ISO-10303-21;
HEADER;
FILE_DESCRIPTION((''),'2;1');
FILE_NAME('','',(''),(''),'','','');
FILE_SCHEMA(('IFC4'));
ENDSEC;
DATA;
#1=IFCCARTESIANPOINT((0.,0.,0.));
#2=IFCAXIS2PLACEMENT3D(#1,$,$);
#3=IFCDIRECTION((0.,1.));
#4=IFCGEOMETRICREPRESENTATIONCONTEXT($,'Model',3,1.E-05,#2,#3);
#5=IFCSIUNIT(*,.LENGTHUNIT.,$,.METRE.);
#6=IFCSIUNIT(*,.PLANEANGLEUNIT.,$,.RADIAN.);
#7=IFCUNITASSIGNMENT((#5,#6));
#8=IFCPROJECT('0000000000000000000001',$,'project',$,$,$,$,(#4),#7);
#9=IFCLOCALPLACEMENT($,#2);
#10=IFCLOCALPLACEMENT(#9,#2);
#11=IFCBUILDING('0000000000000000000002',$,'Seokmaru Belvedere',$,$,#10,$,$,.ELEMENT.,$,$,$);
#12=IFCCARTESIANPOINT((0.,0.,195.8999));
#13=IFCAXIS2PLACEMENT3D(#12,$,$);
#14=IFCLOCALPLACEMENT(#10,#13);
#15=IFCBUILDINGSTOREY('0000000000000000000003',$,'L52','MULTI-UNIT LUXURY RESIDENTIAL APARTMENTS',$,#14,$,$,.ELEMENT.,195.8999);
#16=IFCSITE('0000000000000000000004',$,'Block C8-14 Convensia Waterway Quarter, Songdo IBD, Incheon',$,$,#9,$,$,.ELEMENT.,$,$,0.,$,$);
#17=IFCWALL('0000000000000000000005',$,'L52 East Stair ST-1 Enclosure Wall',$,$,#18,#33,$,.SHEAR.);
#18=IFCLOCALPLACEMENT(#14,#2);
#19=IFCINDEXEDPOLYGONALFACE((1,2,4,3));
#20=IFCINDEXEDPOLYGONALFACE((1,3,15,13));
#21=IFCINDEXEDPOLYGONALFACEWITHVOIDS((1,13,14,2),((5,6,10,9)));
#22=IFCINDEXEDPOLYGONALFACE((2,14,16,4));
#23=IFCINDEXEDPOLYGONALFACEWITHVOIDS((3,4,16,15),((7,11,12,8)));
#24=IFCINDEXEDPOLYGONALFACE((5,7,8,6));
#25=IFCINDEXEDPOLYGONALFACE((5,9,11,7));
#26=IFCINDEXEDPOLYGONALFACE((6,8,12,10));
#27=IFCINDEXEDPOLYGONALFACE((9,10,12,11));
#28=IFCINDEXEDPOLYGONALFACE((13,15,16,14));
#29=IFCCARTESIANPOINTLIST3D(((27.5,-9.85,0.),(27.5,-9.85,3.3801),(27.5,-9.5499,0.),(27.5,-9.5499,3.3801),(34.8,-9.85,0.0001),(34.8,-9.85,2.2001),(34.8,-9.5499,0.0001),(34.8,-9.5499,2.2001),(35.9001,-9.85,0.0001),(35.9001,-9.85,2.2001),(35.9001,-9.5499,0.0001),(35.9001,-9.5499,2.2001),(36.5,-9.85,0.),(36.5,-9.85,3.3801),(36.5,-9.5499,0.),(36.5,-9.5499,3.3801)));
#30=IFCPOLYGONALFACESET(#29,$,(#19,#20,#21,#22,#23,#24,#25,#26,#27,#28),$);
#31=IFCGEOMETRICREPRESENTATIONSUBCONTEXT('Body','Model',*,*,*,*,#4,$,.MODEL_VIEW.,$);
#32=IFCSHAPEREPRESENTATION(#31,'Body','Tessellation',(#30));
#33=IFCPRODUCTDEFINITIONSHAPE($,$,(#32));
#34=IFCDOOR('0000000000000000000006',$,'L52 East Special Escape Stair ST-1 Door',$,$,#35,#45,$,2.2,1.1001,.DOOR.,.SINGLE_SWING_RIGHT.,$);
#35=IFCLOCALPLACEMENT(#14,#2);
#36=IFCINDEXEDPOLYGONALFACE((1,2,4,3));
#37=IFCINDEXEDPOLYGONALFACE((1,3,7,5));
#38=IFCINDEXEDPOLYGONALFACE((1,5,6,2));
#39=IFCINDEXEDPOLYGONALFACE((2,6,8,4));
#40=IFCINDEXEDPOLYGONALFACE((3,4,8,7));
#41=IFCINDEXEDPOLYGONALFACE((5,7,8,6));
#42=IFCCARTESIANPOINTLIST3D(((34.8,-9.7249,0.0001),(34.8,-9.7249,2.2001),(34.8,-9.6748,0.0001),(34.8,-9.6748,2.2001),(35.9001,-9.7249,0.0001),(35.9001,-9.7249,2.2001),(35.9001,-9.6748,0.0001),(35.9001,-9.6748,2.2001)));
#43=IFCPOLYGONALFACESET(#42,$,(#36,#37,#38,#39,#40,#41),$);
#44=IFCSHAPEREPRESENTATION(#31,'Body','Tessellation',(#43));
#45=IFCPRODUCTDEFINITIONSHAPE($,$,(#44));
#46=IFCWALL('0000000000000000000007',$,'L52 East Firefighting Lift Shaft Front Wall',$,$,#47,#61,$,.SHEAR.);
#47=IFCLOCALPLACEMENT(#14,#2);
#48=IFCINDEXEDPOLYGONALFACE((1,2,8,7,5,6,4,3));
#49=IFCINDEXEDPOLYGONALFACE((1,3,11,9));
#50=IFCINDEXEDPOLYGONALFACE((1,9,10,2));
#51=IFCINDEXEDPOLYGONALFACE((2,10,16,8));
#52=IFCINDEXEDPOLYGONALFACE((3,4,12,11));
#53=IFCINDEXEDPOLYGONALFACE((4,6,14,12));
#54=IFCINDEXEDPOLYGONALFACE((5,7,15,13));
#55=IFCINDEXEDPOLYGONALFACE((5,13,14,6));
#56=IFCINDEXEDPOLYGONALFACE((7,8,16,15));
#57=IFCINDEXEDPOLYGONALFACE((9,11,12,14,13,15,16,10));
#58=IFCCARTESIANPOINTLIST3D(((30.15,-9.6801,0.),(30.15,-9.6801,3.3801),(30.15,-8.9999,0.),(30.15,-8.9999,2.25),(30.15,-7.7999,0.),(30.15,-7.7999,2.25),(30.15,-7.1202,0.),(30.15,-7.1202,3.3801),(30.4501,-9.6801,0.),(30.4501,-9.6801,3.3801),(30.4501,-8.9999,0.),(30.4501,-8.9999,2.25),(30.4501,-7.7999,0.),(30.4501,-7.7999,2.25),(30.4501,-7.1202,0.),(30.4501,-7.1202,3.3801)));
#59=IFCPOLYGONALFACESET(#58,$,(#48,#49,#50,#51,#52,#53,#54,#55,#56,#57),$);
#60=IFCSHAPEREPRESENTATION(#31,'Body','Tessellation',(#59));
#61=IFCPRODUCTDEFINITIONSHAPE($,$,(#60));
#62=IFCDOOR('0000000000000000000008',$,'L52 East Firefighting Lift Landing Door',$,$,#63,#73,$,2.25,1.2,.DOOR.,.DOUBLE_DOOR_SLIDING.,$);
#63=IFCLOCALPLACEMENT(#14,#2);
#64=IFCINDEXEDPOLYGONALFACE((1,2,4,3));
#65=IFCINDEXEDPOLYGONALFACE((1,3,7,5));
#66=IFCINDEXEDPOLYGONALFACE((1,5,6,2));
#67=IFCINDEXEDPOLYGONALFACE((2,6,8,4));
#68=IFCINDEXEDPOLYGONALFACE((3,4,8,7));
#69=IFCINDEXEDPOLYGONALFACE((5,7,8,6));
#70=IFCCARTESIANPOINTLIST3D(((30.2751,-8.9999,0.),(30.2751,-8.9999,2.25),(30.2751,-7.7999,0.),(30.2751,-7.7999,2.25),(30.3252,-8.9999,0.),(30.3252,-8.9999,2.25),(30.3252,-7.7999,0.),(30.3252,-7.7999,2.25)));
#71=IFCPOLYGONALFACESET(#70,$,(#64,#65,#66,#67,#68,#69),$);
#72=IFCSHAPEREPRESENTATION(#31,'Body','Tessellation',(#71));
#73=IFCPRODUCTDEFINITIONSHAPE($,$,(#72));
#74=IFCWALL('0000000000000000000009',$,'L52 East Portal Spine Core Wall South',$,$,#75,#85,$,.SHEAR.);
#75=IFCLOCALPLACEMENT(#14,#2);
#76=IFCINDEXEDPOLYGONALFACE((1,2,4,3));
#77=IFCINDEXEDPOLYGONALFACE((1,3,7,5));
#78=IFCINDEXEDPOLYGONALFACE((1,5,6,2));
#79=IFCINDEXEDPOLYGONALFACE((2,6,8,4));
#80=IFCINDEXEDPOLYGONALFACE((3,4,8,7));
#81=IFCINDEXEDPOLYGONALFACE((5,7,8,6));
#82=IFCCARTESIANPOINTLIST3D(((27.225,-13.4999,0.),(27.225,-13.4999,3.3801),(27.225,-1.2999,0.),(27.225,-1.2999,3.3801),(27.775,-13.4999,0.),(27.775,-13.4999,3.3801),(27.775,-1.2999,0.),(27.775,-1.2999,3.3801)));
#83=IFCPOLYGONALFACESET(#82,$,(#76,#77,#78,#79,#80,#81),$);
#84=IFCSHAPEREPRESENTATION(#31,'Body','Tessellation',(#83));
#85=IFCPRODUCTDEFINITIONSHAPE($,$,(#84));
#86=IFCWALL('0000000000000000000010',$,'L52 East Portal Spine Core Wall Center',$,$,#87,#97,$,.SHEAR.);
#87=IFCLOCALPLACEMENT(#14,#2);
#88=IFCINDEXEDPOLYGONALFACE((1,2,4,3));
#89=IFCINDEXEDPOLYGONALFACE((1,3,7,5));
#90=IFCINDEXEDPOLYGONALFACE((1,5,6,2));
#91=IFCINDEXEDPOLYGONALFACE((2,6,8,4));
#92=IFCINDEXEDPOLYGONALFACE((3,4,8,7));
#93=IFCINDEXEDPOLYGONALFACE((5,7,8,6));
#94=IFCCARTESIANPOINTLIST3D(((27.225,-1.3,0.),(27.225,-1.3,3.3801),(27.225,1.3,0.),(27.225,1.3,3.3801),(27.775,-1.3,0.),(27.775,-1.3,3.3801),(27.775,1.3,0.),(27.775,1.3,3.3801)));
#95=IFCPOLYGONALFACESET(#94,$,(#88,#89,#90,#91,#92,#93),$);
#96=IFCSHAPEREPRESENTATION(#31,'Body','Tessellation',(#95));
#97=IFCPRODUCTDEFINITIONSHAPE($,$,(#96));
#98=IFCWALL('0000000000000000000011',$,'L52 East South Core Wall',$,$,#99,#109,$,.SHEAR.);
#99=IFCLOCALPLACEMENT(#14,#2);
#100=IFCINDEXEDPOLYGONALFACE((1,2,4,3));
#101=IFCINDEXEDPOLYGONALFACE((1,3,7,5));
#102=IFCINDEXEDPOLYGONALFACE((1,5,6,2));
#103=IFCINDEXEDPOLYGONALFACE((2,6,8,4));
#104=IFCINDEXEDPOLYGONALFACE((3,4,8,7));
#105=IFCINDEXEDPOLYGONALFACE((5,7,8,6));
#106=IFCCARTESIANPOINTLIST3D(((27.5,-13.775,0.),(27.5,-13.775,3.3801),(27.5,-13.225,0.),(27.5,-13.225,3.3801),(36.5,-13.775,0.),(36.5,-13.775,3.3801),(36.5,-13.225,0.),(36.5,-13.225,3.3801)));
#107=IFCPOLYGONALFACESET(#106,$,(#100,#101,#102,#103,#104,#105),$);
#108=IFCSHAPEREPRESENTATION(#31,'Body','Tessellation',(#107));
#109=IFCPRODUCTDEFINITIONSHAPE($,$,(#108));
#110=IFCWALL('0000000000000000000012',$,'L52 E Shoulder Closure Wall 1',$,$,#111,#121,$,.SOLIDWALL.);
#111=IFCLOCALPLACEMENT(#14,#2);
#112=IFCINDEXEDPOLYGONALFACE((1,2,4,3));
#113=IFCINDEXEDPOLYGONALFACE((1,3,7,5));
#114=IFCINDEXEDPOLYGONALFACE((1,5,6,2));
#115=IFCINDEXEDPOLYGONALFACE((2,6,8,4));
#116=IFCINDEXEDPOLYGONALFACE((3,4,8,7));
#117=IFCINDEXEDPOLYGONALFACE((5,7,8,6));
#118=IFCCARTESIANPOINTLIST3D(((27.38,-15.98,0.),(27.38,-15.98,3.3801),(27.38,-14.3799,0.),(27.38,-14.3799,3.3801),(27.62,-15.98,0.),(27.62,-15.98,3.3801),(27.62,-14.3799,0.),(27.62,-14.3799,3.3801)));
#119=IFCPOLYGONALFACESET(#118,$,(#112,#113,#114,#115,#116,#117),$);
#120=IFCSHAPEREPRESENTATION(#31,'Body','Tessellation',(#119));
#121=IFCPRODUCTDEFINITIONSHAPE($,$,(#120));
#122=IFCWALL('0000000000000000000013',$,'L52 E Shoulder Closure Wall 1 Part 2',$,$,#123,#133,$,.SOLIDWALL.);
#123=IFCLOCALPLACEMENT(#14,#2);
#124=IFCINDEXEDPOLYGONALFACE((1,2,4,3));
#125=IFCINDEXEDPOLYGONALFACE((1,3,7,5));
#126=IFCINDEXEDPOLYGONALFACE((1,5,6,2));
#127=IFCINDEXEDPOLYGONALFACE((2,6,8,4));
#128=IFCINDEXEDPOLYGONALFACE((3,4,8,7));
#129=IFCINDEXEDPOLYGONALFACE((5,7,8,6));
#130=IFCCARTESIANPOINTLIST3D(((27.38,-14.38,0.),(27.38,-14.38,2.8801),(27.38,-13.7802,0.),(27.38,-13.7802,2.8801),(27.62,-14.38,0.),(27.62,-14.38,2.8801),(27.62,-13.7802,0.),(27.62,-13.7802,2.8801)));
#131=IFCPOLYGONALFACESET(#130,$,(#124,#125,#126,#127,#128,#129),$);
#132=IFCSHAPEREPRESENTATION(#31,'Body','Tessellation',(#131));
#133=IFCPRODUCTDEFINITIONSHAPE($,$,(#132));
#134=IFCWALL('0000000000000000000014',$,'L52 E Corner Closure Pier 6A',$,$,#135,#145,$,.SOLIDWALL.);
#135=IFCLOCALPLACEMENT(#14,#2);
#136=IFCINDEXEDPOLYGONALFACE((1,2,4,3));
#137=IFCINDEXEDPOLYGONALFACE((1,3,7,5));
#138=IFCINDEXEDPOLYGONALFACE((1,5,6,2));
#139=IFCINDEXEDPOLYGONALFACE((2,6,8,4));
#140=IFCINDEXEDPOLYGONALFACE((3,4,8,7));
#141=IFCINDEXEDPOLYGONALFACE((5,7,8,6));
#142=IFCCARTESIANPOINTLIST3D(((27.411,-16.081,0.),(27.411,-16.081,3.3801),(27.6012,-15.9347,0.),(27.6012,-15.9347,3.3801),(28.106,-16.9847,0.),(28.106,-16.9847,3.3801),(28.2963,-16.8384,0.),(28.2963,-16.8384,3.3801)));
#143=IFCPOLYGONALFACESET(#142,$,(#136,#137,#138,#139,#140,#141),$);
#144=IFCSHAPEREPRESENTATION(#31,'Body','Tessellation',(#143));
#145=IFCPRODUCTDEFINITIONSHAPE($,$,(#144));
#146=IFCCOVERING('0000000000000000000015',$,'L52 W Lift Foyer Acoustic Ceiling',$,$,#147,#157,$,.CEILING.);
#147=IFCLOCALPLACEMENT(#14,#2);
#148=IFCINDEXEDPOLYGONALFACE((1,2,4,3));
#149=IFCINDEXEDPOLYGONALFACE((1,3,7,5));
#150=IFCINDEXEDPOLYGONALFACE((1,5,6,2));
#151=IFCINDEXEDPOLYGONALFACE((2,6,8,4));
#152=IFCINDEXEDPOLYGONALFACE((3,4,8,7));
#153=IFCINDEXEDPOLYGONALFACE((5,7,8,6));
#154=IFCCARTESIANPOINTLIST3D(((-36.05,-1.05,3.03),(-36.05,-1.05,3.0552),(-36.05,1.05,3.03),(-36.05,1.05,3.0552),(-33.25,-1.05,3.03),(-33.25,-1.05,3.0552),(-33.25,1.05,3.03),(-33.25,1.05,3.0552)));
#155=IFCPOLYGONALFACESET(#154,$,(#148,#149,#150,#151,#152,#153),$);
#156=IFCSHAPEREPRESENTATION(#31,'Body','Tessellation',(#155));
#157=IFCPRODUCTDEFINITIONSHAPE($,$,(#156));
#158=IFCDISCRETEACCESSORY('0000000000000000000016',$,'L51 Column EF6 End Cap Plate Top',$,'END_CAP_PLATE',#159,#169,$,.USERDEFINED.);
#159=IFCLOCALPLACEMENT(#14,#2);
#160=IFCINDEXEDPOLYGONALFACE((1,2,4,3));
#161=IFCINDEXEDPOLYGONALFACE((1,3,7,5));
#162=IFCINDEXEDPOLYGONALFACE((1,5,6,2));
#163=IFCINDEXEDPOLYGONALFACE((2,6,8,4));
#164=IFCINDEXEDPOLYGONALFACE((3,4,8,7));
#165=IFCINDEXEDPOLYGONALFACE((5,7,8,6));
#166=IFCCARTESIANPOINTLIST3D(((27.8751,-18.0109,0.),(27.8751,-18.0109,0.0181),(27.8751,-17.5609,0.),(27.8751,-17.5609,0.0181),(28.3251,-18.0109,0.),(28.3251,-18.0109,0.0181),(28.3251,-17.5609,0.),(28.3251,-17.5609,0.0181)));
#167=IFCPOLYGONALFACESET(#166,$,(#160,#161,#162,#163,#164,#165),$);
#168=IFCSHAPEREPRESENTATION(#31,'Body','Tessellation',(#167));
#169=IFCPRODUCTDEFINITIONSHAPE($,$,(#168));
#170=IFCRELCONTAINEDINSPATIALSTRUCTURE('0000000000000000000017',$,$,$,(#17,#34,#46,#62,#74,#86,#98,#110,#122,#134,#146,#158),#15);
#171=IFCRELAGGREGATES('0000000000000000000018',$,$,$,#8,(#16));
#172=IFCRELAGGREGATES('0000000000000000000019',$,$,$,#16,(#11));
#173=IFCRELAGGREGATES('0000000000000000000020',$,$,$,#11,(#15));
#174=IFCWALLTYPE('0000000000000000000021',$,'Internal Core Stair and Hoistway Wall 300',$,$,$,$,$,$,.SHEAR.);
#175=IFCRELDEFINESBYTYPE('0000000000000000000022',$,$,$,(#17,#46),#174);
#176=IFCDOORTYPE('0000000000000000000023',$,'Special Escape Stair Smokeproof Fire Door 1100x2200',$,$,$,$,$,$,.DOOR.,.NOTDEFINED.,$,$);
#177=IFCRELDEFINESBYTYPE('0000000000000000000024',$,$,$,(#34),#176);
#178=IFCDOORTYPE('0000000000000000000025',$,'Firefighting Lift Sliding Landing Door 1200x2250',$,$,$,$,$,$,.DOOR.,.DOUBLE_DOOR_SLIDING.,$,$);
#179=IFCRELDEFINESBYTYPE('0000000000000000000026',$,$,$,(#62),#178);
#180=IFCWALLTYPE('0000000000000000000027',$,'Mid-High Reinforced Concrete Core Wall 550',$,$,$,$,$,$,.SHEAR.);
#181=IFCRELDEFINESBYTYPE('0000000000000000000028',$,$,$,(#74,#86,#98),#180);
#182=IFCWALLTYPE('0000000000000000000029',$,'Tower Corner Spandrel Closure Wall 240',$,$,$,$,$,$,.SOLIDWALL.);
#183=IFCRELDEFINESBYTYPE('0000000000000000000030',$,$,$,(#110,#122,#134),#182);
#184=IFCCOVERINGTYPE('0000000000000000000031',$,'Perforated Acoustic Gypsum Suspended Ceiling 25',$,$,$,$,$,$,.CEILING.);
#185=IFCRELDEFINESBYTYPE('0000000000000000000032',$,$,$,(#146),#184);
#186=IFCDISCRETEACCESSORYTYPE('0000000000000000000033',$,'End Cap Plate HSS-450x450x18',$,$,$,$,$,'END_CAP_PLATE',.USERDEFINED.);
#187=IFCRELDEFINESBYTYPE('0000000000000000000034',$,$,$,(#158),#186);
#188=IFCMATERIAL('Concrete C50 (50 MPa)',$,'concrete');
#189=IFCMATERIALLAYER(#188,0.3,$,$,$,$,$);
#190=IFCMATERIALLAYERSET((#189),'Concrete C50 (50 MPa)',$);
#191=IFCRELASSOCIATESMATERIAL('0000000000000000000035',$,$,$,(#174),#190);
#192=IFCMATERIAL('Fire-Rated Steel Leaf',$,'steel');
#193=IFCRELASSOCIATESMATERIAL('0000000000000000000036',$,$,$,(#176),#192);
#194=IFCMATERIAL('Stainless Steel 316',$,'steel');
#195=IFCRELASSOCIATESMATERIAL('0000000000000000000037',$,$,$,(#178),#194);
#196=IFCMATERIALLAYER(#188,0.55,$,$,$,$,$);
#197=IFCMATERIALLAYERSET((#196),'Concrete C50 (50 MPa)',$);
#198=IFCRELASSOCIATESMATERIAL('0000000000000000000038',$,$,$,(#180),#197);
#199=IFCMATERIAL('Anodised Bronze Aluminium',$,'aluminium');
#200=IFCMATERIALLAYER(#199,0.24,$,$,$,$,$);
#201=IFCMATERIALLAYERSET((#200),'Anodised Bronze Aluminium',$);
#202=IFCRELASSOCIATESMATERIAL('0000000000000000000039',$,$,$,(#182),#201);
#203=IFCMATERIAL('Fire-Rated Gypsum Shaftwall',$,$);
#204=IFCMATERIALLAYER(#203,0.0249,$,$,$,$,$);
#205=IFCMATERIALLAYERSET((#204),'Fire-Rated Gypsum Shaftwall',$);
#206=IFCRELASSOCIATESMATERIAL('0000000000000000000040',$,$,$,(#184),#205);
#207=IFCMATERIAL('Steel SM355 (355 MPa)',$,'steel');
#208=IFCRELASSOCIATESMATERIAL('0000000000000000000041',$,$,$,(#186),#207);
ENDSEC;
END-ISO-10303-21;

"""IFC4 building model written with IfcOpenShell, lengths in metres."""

from ifc_helpers import new_model, si_unit, direction, frame, frame_2d, origin, origin_2d, place, context, subcontext, project, spatial, polyline, rectangle, outline, extrude, source, transform, mapped, material, layer, layer_set, type_object, type_shapes, element, fill, save


model = new_model("IFC4")

# Units and contexts
model_context = context("Model", 3, precision=1e-05, world=origin(), true_north=direction((0.0, 1.0)))
body_context = subcontext(model_context, "Body", "Model", "MODEL_VIEW")
ifc_project = project(units=[si_unit("LENGTHUNIT", "METRE"), si_unit("PLANEANGLEUNIT", "RADIAN")], contexts=[model_context])

# Site, building, storey
site_placement = place(None, origin())
site = spatial("IfcSite", under=ifc_project, at=site_placement, Name="Block C8-14 Convensia Waterway Quarter, Songdo IBD, Incheon", CompositionType="ELEMENT", RefElevation=0.0)
building_placement = place(site_placement, origin())
building = spatial("IfcBuilding", under=site, at=building_placement, Name="Seokmaru Belvedere", CompositionType="ELEMENT")
storey_placement = place(building_placement, frame((0.0, 0.0, 195.8999)))
storey = spatial("IfcBuildingStorey", under=building, at=storey_placement, Name="L52", Description="MULTI-UNIT LUXURY RESIDENTIAL APARTMENTS", CompositionType="ELEMENT", Elevation=195.8999)

# Shared definitions
ifc_material_1 = material(Name="Steel SM355 (355 MPa)", Category="steel")

# Shared definitions
ifc_material_2 = material(Name="Anodised Bronze Aluminium", Category="aluminium")

# Shared definitions
ifc_material_3 = material(Name="Fire-Rated Gypsum Shaftwall")
ifc_material_4 = material(Name="Fire-Rated Steel Leaf", Category="steel")

# Shared definitions
ifc_material_5 = material(Name="Concrete C50 (50 MPa)", Category="concrete")

# Walls, openings, doors
ifc_layer_1 = layer(ifc_material_5, 0.3)
ifc_layer_set_1 = layer_set([ifc_layer_1], Name="Concrete C50 (50 MPa)")
wall_type_1 = type_object("IfcWallType", Name="Internal Core Stair and Hoistway Wall 300", PredefinedType="SHEAR", material=ifc_layer_set_1)
wall_1_placement = place(storey_placement, frame((27.5, -9.7, 0.0), z_axis=(0.0, 0.0, 1.0), x_axis=(1.0, 0.0, 0.0)))
wall_1 = element("IfcWall", 1, at=wall_1_placement, inside=storey, type_object=wall_type_1, Name="L52 East Stair ST-1 Enclosure Wall", PredefinedType="SHEAR", context=body_context, shape_type="SweptSolid", body=[
    extrude(rectangle(XDim=9.0, YDim=0.3, at=frame_2d((4.5, 0.0))), origin(), (0.0, 0.0, 1.0), 3.3801),
])
opening_1_placement = place(wall_1_placement, frame((7.3, 0.0, 0.0)))
opening_1 = element("IfcOpeningElement", 2, at=opening_1_placement, cuts=wall_1, PredefinedType="OPENING", context=body_context, shape_type="SweptSolid", body=[
    extrude(rectangle(XDim=1.1001, YDim=2.2, at=frame_2d((0.55, 1.1001))), frame((0.0, 0.1602, 0.0), z_axis=(0.0, -1.0, 0.0), x_axis=(1.0, 0.0, 0.0)), (0.0, 0.0, 1.0), 0.3201),
])
door_type_1 = type_object("IfcDoorType", Name="Special Escape Stair Smokeproof Fire Door 1100x2200", OperationType="NOTDEFINED", PredefinedType="DOOR", material=ifc_material_4)
shared_shape_1 = source(origin(), body_context, "Body", "SweptSolid", [
    extrude(rectangle(XDim=1.1001, YDim=2.2, at=frame_2d((0.55, 1.1001))), frame((0.0, 0.0249, 0.0), z_axis=(0.0, -1.0, 0.0), x_axis=(1.0, 0.0, 0.0)), (0.0, 0.0, 1.0), 0.05),
])
type_shapes(door_type_1, [shared_shape_1])
door_1_placement = place(opening_1_placement, frame((1.1001, 0.0, 0.0), z_axis=(0.0, 0.0, 1.0), x_axis=(-1.0, 0.0, 0.0)))
door_1 = element("IfcDoor", 3, at=door_1_placement, inside=storey, type_object=door_type_1, Name="L52 East Special Escape Stair ST-1 Door", OperationType="SINGLE_SWING_RIGHT", OverallHeight=2.2, OverallWidth=1.1001, PredefinedType="DOOR", context=body_context, shape_type="MappedRepresentation", body=[
    mapped(shared_shape_1, transform((0.0, 0.0, 0.0), scale=1.0)),
])
fill(opening_1, door_1)
wall_2_placement = place(storey_placement, frame((30.3, -9.6799, 0.0), z_axis=(0.0, 0.0, 1.0), x_axis=(0.0, 1.0, 0.0)))
wall_2 = element("IfcWall", 4, at=wall_2_placement, inside=storey, type_object=wall_type_1, Name="L52 East Firefighting Lift Shaft Front Wall", PredefinedType="SHEAR", context=body_context, shape_type="SweptSolid", body=[
    extrude(rectangle(XDim=2.5598, YDim=0.3, at=frame_2d((1.2798, 0.0))), origin(), (0.0, 0.0, 1.0), 3.3801),
])
opening_2_placement = place(wall_2_placement, frame((0.6799, 0.0, 0.0)))
opening_2 = element("IfcOpeningElement", 5, at=opening_2_placement, cuts=wall_2, PredefinedType="OPENING", context=body_context, shape_type="SweptSolid", body=[
    extrude(rectangle(XDim=1.2, YDim=2.25, at=frame_2d((0.6001, 1.125))), frame((0.0, 0.1602, 0.0), z_axis=(0.0, -1.0, 0.0), x_axis=(1.0, 0.0, 0.0)), (0.0, 0.0, 1.0), 0.3201),
])
ifc_material_6 = material(Name="Stainless Steel 316", Category="steel")
door_type_2 = type_object("IfcDoorType", Name="Firefighting Lift Sliding Landing Door 1200x2250", OperationType="DOUBLE_DOOR_SLIDING", PredefinedType="DOOR", material=ifc_material_6)
shared_shape_2 = source(origin(), body_context, "Body", "SweptSolid", [
    extrude(rectangle(XDim=1.2, YDim=2.25, at=frame_2d((0.6001, 1.125))), frame((0.0, 0.0249, 0.0), z_axis=(0.0, -1.0, 0.0), x_axis=(1.0, 0.0, 0.0)), (0.0, 0.0, 1.0), 0.05),
])
type_shapes(door_type_2, [shared_shape_2])
door_2_placement = place(opening_2_placement, origin())
door_2 = element("IfcDoor", 6, at=door_2_placement, inside=storey, type_object=door_type_2, Name="L52 East Firefighting Lift Landing Door", OperationType="DOUBLE_DOOR_SLIDING", OverallHeight=2.25, OverallWidth=1.2, PredefinedType="DOOR", context=body_context, shape_type="MappedRepresentation", body=[
    mapped(shared_shape_2, transform((0.0, 0.0, 0.0), scale=1.0)),
])
fill(opening_2, door_2)

# Walls
ifc_layer_2 = layer(ifc_material_5, 0.55)
ifc_layer_set_2 = layer_set([ifc_layer_2], Name="Concrete C50 (50 MPa)")
wall_type_2 = type_object("IfcWallType", Name="Mid-High Reinforced Concrete Core Wall 550", PredefinedType="SHEAR", material=ifc_layer_set_2)
wall_3_placement = place(storey_placement, frame((27.5, -13.5, 0.0), z_axis=(0.0, 0.0, 1.0), x_axis=(0.0, 1.0, 0.0)))
element("IfcWall", 7, at=wall_3_placement, inside=storey, type_object=wall_type_2, Name="L52 East Portal Spine Core Wall South", PredefinedType="SHEAR", context=body_context, shape_type="SweptSolid", body=[
    extrude(rectangle(XDim=12.2, YDim=0.55, at=frame_2d((6.1001, 0.0))), origin(), (0.0, 0.0, 1.0), 3.3801),
])
wall_4_placement = place(storey_placement, frame((27.5, -1.3, 0.0), z_axis=(0.0, 0.0, 1.0), x_axis=(0.0, 1.0, 0.0)))
element("IfcWall", 8, at=wall_4_placement, inside=storey, type_object=wall_type_2, Name="L52 East Portal Spine Core Wall Center", PredefinedType="SHEAR", context=body_context, shape_type="SweptSolid", body=[
    extrude(rectangle(XDim=2.6001, YDim=0.55, at=frame_2d((1.3, 0.0))), origin(), (0.0, 0.0, 1.0), 3.3801),
])
wall_5_placement = place(storey_placement, frame((27.5, -13.5, 0.0), z_axis=(0.0, 0.0, 1.0), x_axis=(1.0, 0.0, 0.0)))
element("IfcWall", 9, at=wall_5_placement, inside=storey, type_object=wall_type_2, Name="L52 East South Core Wall", PredefinedType="SHEAR", context=body_context, shape_type="SweptSolid", body=[
    extrude(rectangle(XDim=9.0, YDim=0.55, at=frame_2d((4.5, 0.0))), origin(), (0.0, 0.0, 1.0), 3.3801),
])
ifc_layer_3 = layer(ifc_material_2, 0.24)
ifc_layer_set_3 = layer_set([ifc_layer_3], Name="Anodised Bronze Aluminium")
wall_type_3 = type_object("IfcWallType", Name="Tower Corner Spandrel Closure Wall 240", PredefinedType="SOLIDWALL", material=ifc_layer_set_3)
wall_6_placement = place(storey_placement, frame((27.5, -15.98, 0.0), z_axis=(0.0, 0.0, 1.0), x_axis=(0.0, 1.0, 0.0)))
element("IfcWall", 10, at=wall_6_placement, inside=storey, type_object=wall_type_3, Name="L52 E Shoulder Closure Wall 1", PredefinedType="SOLIDWALL", context=body_context, shape_type="SweptSolid", body=[
    extrude(rectangle(XDim=1.6001, YDim=0.24, at=frame_2d((0.8, 0.0))), origin(), (0.0, 0.0, 1.0), 3.3801),
])
wall_7_placement = place(storey_placement, frame((27.5, -14.3799, 0.0), z_axis=(0.0, 0.0, 1.0), x_axis=(0.0, 1.0, 0.0)))
element("IfcWall", 11, at=wall_7_placement, inside=storey, type_object=wall_type_3, Name="L52 E Shoulder Closure Wall 1 Part 2", PredefinedType="SOLIDWALL", context=body_context, shape_type="SweptSolid", body=[
    extrude(rectangle(XDim=0.5999, YDim=0.24, at=frame_2d((0.2998, 0.0))), origin(), (0.0, 0.0, 1.0), 2.8801),
])
wall_8_placement = place(storey_placement, frame((27.5061, -16.0078, 0.0), z_axis=(0.0, 0.0, 1.0), x_axis=(0.609618, -0.792696, 0.0)))
element("IfcWall", 12, at=wall_8_placement, inside=storey, type_object=wall_type_3, Name="L52 E Corner Closure Pier 6A", PredefinedType="SOLIDWALL", context=body_context, shape_type="SweptSolid", body=[
    extrude(rectangle(XDim=1.1401, YDim=0.24, at=frame_2d((0.5701, 0.0))), origin(), (0.0, 0.0, 1.0), 3.3801),
])

# Covering
ifc_layer_4 = layer(ifc_material_3, 0.0249)
ifc_layer_set_4 = layer_set([ifc_layer_4], Name="Fire-Rated Gypsum Shaftwall")
covering_type = type_object("IfcCoveringType", Name="Perforated Acoustic Gypsum Suspended Ceiling 25", PredefinedType="CEILING", material=ifc_layer_set_4)
covering_placement = place(storey_placement, frame((0.0, 0.0, 3.03)))
element("IfcCovering", 13, at=covering_placement, inside=storey, type_object=covering_type, Name="L52 W Lift Foyer Acoustic Ceiling", PredefinedType="CEILING", context=body_context, shape_type="SweptSolid", body=[
    extrude(outline(polyline([(-36.05, -1.05), (-33.25, -1.05), (-33.25, 1.05), (-36.05, 1.05), (-36.05, -1.05)])), origin(), (0.0, 0.0, 1.0), 0.0251),
])

# Discrete accessory
discrete_accessory_type = type_object("IfcDiscreteAccessoryType", Name="End Cap Plate HSS-450x450x18", ElementType="END_CAP_PLATE", PredefinedType="USERDEFINED", material=ifc_material_1)
shared_shape_3 = source(origin(), body_context, "Body", "SweptSolid", [
    extrude(rectangle(XDim=0.45, YDim=0.45, at=origin_2d()), origin(), (0.0, 0.0, 1.0), 0.0181),
])
type_shapes(discrete_accessory_type, [shared_shape_3])
discrete_accessory_placement = place(storey_placement, frame((28.1001, -17.7859, 0.0), z_axis=(0.0, 0.0, 1.0), x_axis=(1.0, 0.0, 0.0)))
element("IfcDiscreteAccessory", 14, at=discrete_accessory_placement, inside=storey, type_object=discrete_accessory_type, Name="L51 Column EF6 End Cap Plate Top", ObjectType="END_CAP_PLATE", PredefinedType="USERDEFINED", context=body_context, shape_type="MappedRepresentation", body=[
    mapped(shared_shape_3, transform((0.0, 0.0, 0.0), scale=1.0)),
])

save(model, "model.ifc")
